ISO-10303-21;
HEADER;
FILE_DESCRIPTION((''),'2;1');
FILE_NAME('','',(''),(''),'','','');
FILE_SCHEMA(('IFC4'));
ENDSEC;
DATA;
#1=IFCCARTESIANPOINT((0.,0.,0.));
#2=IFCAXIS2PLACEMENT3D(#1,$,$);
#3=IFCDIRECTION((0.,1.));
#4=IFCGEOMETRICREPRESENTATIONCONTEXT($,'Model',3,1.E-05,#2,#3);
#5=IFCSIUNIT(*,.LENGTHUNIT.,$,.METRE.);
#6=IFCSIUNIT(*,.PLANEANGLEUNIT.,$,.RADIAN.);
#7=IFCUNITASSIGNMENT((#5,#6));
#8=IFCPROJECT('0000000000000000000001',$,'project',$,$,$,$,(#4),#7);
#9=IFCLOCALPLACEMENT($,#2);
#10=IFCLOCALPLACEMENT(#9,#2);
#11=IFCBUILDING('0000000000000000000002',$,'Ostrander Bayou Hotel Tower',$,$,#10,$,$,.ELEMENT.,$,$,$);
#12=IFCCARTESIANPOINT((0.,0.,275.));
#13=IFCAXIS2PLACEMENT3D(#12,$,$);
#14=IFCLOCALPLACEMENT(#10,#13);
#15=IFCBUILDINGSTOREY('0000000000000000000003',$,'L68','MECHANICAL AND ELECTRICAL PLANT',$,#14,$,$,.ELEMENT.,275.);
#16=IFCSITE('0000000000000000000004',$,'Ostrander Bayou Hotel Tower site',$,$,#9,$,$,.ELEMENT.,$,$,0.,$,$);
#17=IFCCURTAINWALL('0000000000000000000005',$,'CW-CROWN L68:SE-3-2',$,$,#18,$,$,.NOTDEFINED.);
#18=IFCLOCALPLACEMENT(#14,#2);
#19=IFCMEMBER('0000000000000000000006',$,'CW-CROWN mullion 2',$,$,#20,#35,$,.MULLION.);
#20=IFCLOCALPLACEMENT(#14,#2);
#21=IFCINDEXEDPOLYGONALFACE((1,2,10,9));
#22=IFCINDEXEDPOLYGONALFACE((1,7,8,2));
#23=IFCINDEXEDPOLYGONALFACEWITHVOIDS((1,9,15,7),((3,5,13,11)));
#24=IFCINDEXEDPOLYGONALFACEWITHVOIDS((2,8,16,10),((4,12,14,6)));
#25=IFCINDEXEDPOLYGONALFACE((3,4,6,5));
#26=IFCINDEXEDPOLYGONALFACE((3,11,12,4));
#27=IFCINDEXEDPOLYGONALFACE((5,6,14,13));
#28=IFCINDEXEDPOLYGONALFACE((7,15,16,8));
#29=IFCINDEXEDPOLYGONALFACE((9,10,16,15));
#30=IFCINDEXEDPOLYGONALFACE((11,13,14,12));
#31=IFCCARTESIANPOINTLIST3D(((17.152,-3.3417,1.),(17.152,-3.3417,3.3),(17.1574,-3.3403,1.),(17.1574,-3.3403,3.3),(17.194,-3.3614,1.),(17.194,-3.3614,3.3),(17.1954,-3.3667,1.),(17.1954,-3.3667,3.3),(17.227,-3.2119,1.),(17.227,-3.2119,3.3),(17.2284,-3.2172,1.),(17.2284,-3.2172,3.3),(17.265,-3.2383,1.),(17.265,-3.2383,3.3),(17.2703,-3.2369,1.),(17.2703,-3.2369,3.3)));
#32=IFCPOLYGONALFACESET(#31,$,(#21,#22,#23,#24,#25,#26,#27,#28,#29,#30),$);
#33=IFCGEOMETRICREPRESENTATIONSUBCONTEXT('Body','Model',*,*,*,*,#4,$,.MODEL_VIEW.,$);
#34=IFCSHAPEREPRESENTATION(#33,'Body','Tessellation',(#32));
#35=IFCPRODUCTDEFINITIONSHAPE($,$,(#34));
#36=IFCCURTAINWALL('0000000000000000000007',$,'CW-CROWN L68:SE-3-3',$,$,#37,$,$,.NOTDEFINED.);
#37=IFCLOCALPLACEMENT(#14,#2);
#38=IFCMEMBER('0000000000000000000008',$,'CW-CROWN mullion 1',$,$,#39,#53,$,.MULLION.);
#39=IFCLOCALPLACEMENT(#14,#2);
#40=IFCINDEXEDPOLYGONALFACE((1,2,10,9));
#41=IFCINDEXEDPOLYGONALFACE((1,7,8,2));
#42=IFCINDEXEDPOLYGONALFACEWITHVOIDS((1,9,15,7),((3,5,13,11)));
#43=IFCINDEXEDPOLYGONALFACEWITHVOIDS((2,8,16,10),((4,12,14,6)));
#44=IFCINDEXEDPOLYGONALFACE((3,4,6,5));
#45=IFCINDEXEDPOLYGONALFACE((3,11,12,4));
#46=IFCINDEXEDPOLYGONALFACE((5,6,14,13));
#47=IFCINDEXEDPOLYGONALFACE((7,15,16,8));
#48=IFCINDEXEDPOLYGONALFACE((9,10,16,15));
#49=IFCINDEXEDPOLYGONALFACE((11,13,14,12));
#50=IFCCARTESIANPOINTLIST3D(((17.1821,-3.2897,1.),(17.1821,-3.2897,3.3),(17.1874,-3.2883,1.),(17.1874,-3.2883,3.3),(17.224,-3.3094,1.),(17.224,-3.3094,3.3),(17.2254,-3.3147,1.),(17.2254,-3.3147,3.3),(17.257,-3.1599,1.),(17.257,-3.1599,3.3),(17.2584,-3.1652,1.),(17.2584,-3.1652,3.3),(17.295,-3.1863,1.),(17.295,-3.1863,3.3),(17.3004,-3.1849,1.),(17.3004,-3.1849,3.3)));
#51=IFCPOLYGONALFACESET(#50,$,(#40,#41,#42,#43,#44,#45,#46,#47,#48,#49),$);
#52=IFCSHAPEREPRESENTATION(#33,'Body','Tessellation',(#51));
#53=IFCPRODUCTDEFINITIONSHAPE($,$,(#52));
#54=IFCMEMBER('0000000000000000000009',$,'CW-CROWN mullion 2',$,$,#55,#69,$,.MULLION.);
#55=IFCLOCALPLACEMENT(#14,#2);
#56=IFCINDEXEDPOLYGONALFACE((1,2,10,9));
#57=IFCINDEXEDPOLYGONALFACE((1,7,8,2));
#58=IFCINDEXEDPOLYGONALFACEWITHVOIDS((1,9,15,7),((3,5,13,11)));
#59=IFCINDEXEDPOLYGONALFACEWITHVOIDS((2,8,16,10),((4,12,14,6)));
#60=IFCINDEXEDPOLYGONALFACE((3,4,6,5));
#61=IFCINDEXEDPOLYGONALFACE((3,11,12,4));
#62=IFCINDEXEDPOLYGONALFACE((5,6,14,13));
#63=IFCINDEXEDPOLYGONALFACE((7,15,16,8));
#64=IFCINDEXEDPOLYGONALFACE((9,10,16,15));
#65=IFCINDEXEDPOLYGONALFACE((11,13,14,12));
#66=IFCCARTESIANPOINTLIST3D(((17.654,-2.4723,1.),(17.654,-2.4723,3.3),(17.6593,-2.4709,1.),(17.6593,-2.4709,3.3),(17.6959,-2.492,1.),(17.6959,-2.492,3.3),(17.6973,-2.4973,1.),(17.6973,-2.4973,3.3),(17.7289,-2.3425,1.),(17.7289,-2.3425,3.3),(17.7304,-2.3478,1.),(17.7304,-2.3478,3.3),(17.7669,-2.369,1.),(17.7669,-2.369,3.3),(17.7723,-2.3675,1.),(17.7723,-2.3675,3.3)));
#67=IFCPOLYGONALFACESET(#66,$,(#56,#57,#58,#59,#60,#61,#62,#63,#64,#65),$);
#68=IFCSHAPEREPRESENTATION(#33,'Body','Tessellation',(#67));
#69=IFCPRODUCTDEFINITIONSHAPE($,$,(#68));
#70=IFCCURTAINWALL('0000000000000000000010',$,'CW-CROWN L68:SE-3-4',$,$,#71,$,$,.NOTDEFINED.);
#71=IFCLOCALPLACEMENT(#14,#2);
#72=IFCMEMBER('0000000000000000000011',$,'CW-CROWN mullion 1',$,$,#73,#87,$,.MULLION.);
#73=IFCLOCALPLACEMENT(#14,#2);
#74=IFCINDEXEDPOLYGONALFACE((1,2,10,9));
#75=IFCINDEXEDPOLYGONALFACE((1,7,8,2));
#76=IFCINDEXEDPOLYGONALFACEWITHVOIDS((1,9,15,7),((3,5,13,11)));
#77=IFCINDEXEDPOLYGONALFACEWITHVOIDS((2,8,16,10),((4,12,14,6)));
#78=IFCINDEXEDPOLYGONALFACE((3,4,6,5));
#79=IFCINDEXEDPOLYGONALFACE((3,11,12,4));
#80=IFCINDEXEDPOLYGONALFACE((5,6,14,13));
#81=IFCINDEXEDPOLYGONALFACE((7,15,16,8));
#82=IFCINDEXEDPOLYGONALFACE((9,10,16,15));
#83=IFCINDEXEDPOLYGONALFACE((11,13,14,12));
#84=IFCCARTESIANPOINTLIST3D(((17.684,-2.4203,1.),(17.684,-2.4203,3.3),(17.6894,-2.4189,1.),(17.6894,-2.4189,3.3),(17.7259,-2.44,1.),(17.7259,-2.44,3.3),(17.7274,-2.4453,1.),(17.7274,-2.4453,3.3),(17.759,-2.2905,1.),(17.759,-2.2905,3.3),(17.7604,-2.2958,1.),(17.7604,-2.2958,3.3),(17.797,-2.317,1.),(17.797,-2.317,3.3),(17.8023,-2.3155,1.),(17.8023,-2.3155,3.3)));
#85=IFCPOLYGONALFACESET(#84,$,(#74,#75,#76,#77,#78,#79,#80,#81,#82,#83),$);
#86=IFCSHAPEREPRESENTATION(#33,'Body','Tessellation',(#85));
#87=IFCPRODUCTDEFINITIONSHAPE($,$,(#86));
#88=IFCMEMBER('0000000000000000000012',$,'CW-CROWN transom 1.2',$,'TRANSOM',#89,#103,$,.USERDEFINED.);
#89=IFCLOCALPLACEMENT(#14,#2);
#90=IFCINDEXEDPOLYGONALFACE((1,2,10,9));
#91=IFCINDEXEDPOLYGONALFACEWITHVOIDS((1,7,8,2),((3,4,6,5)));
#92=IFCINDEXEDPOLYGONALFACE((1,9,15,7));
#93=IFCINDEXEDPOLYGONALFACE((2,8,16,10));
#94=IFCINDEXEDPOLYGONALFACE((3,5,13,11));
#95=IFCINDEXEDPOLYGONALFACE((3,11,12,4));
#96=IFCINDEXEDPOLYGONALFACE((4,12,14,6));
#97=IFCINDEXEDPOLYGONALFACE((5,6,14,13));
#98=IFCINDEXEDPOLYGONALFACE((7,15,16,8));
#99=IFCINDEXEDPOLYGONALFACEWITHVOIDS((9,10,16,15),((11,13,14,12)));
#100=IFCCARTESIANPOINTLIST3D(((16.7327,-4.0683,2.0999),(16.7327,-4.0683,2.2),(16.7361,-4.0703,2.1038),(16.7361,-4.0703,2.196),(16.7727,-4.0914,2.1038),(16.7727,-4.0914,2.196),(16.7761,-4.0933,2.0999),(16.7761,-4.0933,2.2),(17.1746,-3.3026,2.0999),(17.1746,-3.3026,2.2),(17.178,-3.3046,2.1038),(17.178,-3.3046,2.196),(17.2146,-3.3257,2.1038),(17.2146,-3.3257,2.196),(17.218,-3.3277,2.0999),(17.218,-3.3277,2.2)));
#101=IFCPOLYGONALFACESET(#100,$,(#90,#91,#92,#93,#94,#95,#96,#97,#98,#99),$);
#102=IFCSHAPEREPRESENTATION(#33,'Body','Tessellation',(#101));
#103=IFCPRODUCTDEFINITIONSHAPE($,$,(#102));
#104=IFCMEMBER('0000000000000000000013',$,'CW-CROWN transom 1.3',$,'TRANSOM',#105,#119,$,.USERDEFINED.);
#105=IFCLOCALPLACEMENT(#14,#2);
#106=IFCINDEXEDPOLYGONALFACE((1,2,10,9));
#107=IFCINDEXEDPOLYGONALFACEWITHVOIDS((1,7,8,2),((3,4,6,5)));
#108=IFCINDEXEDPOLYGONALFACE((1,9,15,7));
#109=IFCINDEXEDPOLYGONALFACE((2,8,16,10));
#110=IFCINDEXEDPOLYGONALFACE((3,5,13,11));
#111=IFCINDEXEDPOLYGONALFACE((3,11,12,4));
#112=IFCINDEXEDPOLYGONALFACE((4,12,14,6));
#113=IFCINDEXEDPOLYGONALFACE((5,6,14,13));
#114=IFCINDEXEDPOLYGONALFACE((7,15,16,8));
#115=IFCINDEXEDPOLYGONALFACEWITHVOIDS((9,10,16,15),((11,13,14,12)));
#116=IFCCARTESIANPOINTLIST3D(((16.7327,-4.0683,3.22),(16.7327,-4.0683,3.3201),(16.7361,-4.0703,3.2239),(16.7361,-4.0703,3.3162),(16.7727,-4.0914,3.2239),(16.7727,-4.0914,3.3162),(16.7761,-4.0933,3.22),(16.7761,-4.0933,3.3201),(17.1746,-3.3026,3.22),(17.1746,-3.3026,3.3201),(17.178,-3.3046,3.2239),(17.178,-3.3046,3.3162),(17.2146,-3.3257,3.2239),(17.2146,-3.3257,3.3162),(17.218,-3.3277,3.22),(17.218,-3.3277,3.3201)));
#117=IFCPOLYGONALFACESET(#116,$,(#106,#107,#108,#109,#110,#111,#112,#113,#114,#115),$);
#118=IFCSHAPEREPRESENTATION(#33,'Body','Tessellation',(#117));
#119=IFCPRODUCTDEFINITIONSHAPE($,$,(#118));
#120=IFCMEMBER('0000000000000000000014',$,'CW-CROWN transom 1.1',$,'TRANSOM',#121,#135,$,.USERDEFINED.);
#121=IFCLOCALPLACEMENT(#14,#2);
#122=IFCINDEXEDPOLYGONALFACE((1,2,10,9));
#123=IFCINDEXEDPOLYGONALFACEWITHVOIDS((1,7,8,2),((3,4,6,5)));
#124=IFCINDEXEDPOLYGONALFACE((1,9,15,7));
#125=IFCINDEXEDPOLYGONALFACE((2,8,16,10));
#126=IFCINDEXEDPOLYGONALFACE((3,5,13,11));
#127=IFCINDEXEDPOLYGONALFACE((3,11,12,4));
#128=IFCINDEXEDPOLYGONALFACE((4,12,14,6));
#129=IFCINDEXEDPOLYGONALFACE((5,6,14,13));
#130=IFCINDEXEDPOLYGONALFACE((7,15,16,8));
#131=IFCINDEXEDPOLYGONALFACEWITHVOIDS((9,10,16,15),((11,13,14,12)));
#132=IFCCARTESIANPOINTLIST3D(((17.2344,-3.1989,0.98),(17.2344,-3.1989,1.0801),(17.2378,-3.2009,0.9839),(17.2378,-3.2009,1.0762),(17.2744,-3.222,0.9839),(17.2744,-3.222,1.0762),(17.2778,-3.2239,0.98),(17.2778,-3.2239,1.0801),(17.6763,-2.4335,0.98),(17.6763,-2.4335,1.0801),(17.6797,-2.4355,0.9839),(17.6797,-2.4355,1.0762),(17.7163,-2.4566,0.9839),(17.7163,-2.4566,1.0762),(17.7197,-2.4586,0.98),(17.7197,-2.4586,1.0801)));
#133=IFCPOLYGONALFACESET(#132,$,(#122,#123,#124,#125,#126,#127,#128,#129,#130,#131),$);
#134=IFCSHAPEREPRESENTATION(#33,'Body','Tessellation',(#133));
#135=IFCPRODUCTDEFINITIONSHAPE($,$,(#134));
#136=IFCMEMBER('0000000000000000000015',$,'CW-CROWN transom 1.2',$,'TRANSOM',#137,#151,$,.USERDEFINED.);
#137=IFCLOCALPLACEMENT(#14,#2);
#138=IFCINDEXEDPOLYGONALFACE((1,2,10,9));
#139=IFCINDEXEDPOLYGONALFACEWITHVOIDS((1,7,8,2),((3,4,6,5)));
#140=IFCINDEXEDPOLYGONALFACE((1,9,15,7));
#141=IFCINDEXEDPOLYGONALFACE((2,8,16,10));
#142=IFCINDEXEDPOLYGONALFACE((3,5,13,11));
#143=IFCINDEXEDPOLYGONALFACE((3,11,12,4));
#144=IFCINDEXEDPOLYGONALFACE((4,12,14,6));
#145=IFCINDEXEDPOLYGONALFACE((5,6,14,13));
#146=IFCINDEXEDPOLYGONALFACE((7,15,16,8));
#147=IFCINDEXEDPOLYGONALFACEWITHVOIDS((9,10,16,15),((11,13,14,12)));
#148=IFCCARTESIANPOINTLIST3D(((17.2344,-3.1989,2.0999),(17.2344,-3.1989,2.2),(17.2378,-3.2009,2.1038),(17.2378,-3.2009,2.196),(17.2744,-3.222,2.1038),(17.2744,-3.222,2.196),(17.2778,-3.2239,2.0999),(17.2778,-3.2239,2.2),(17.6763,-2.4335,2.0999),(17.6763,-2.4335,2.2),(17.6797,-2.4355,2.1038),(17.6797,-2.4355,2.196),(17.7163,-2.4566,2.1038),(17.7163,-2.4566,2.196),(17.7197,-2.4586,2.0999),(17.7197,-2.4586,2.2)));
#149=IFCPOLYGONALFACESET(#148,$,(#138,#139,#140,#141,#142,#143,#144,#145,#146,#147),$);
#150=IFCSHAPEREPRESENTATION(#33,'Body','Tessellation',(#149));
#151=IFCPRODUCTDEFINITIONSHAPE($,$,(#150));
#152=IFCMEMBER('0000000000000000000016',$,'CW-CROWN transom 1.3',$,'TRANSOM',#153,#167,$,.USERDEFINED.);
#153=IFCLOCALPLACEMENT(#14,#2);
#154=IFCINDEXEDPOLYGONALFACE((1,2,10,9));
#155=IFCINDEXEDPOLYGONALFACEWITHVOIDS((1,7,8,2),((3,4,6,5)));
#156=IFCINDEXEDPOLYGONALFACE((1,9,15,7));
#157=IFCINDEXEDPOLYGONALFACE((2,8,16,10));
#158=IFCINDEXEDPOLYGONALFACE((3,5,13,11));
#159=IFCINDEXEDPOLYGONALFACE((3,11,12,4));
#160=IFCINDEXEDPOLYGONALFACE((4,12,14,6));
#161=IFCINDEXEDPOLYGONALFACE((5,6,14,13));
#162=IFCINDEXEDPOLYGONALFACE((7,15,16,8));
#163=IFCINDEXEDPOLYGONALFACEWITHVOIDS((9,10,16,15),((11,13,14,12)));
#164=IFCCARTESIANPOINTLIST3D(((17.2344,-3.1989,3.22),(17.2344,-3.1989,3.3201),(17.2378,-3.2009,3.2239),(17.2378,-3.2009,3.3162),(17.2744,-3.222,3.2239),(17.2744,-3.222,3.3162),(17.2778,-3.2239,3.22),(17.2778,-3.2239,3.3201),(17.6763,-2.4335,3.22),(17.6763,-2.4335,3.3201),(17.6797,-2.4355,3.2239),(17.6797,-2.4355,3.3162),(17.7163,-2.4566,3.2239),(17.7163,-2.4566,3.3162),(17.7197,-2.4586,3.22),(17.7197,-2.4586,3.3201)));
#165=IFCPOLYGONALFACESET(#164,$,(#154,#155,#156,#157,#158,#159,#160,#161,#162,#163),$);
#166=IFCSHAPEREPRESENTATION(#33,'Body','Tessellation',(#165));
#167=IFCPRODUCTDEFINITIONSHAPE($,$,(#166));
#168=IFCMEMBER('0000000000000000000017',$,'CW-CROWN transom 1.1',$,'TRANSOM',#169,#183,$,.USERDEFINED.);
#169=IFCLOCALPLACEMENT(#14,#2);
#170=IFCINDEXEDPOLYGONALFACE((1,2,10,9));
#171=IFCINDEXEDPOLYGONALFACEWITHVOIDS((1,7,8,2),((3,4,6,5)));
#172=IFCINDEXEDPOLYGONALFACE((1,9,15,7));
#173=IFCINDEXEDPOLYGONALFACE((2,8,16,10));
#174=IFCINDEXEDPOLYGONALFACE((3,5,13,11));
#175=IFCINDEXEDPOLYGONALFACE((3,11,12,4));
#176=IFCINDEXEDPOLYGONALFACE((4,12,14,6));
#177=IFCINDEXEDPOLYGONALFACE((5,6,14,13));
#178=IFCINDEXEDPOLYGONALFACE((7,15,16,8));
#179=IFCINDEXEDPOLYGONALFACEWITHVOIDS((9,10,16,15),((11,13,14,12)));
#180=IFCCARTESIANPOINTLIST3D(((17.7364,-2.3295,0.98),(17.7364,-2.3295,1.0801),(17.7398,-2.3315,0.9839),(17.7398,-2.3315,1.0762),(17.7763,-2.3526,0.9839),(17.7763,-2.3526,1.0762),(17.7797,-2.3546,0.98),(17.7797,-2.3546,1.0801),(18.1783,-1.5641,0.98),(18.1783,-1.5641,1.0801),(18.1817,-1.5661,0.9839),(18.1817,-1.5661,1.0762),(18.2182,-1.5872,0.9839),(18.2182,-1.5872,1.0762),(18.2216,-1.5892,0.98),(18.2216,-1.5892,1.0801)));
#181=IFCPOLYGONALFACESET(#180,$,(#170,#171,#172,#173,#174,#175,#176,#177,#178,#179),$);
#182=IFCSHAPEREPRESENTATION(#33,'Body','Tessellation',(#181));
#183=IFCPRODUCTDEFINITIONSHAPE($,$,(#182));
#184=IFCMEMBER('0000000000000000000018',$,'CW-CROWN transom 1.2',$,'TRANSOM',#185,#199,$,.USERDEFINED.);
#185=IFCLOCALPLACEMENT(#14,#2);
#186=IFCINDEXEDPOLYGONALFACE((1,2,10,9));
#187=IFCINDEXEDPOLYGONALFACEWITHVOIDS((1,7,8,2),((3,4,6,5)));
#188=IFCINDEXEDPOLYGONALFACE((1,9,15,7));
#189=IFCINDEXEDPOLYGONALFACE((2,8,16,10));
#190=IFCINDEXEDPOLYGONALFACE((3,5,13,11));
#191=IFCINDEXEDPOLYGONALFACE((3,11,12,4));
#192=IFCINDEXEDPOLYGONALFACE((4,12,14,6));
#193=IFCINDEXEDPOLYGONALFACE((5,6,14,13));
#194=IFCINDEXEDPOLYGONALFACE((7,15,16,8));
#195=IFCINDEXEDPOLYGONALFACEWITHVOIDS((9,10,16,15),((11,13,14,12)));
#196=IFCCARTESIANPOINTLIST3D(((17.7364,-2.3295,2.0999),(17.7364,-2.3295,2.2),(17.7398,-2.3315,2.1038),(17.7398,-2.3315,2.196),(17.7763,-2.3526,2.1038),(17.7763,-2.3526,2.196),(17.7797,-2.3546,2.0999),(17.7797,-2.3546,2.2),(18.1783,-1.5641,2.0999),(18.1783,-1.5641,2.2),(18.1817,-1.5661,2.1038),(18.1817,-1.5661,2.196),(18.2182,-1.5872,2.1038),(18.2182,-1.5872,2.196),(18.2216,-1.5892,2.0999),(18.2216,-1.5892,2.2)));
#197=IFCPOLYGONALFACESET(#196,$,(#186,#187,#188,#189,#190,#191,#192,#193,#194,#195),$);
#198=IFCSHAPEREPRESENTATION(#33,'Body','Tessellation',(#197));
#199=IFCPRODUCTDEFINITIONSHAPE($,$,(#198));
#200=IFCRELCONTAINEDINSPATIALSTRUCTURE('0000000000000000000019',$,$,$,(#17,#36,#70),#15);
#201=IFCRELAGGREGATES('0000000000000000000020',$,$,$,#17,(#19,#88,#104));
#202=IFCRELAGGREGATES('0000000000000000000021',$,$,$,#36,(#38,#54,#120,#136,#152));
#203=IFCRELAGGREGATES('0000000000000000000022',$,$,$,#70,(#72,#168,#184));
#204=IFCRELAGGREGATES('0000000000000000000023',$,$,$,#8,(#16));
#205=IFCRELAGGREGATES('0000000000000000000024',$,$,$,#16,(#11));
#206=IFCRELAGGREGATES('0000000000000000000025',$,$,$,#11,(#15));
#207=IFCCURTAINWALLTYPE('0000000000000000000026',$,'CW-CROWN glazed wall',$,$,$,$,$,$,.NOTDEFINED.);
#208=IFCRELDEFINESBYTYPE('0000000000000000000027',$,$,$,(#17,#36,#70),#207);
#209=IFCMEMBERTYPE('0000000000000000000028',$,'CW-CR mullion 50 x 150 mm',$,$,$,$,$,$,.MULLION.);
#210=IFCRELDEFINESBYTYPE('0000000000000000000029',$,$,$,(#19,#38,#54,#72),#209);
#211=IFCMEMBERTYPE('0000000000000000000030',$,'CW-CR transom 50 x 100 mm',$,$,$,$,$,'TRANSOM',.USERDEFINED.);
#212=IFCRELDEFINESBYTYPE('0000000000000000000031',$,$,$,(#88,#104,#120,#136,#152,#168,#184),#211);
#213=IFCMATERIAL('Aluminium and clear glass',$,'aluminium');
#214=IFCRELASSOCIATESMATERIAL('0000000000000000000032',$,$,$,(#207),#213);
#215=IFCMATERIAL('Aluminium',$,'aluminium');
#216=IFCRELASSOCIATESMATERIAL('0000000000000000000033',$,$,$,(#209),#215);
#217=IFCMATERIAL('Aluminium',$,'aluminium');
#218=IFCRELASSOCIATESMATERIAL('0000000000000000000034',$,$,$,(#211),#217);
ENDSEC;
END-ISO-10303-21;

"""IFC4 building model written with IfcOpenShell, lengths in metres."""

from ifc_helpers import new_model, si_unit, direction, frame, origin, origin_2d, place, context, subcontext, project, spatial, hollow_rectangle, extrude, material, material_profile, profile_set, type_object, element, aggregate, save


model = new_model("IFC4")

# Units and contexts
model_context = context("Model", 3, precision=1e-05, world=origin(), true_north=direction((0.0, 1.0)))
body_context = subcontext(model_context, "Body", "Model", "MODEL_VIEW")
ifc_project = project(units=[si_unit("LENGTHUNIT", "METRE"), si_unit("PLANEANGLEUNIT", "RADIAN")], contexts=[model_context])

# Site, building, storey
site_placement = place(None, origin())
site = spatial("IfcSite", under=ifc_project, at=site_placement, Name="Ostrander Bayou Hotel Tower site", CompositionType="ELEMENT", RefElevation=0.0)
building_placement = place(site_placement, origin())
building = spatial("IfcBuilding", under=site, at=building_placement, Name="Ostrander Bayou Hotel Tower", CompositionType="ELEMENT")
storey_placement = place(building_placement, frame((0.0, 0.0, 275.0)))
storey = spatial("IfcBuildingStorey", under=building, at=storey_placement, Name="L68", Description="MECHANICAL AND ELECTRICAL PLANT", CompositionType="ELEMENT", Elevation=275.0)

# Curtain wall, member
ifc_material_1 = material(Name="Aluminium and clear glass", Category="aluminium")
curtain_wall_type = type_object("IfcCurtainWallType", Name="CW-CROWN glazed wall", PredefinedType="NOTDEFINED", material=ifc_material_1)
curtain_wall_1_placement = place(storey_placement, origin())
curtain_wall_1 = element("IfcCurtainWall", 1, at=curtain_wall_1_placement, inside=storey, type_object=curtain_wall_type, Name="CW-CROWN L68:SE-3-2", PredefinedType="NOTDEFINED")
ifc_material_2 = material(Name="Aluminium", Category="aluminium")
ifc_material_profile_1 = material_profile(ifc_material_2, hollow_rectangle(XDim=0.05, YDim=0.1499, WallThickness=0.0039, at=origin_2d()))
ifc_profile_set_1 = profile_set([ifc_material_profile_1], Name="Aluminium")
member_type_1 = type_object("IfcMemberType", Name="CW-CR mullion 50 x 150 mm", PredefinedType="MULLION", material=ifc_profile_set_1)
member_1_placement = place(storey_placement, frame((17.2112, -3.2893, 1.0), z_axis=(0.0, 0.0, 1.0), x_axis=(-0.866046, 0.499964, 0.0)))
member_1 = element("IfcMember", 2, at=member_1_placement, type_object=member_type_1, Name="CW-CROWN mullion 2", PredefinedType="MULLION", context=body_context, shape_type="SweptSolid", body=[
    extrude(hollow_rectangle(XDim=0.05, YDim=0.1499, WallThickness=0.0039, at=origin_2d()), origin(), (0.0, 0.0, 1.0), 2.3),
])

# Curtain wall, members
curtain_wall_2_placement = place(storey_placement, origin())
curtain_wall_2 = element("IfcCurtainWall", 3, at=curtain_wall_2_placement, inside=storey, type_object=curtain_wall_type, Name="CW-CROWN L68:SE-3-3", PredefinedType="NOTDEFINED")
member_2_placement = place(storey_placement, frame((17.2412, -3.2373, 1.0), z_axis=(0.0, 0.0, 1.0), x_axis=(-0.866021, 0.500007, 0.0)))
member_2 = element("IfcMember", 4, at=member_2_placement, type_object=member_type_1, Name="CW-CROWN mullion 1", PredefinedType="MULLION", context=body_context, shape_type="SweptSolid", body=[
    extrude(hollow_rectangle(XDim=0.05, YDim=0.1499, WallThickness=0.0039, at=origin_2d()), origin(), (0.0, 0.0, 1.0), 2.3),
])
member_3_placement = place(storey_placement, frame((17.7131, -2.4199, 1.0), z_axis=(0.0, 0.0, 1.0), x_axis=(-0.866021, 0.500007, 0.0)))
member_3 = element("IfcMember", 5, at=member_3_placement, type_object=member_type_1, Name="CW-CROWN mullion 2", PredefinedType="MULLION", context=body_context, shape_type="SweptSolid", body=[
    extrude(hollow_rectangle(XDim=0.05, YDim=0.1499, WallThickness=0.0039, at=origin_2d()), origin(), (0.0, 0.0, 1.0), 2.3),
])

# Curtain wall, member
curtain_wall_3_placement = place(storey_placement, origin())
curtain_wall_3 = element("IfcCurtainWall", 6, at=curtain_wall_3_placement, inside=storey, type_object=curtain_wall_type, Name="CW-CROWN L68:SE-3-4", PredefinedType="NOTDEFINED")
member_4_placement = place(storey_placement, frame((17.7432, -2.3679, 1.0), z_axis=(0.0, 0.0, 1.0), x_axis=(-0.866046, 0.499964, 0.0)))
member_4 = element("IfcMember", 7, at=member_4_placement, type_object=member_type_1, Name="CW-CROWN mullion 1", PredefinedType="MULLION", context=body_context, shape_type="SweptSolid", body=[
    extrude(hollow_rectangle(XDim=0.05, YDim=0.1499, WallThickness=0.0039, at=origin_2d()), origin(), (0.0, 0.0, 1.0), 2.3),
])

# Members
ifc_material_3 = material(Name="Aluminium", Category="aluminium")
ifc_material_profile_2 = material_profile(ifc_material_3, hollow_rectangle(XDim=0.05, YDim=0.1001, WallThickness=0.0039, at=origin_2d()))
ifc_profile_set_2 = profile_set([ifc_material_profile_2], Name="Aluminium")
member_type_2 = type_object("IfcMemberType", Name="CW-CR transom 50 x 100 mm", ElementType="TRANSOM", PredefinedType="USERDEFINED", material=ifc_profile_set_2)
member_5_placement = place(storey_placement, frame((16.7544, -4.0808, 2.1499), z_axis=(0.499882, 0.866094, 0.0), x_axis=(-0.866094, 0.499882, 0.0)))
member_5 = element("IfcMember", 8, at=member_5_placement, type_object=member_type_2, Name="CW-CROWN transom 1.2", ObjectType="TRANSOM", PredefinedType="USERDEFINED", context=body_context, shape_type="SweptSolid", body=[
    extrude(hollow_rectangle(XDim=0.05, YDim=0.1001, WallThickness=0.0039, at=origin_2d()), origin(), (0.0, 0.0, 1.0), 0.884),
])
member_6_placement = place(storey_placement, frame((16.7544, -4.0808, 3.27), z_axis=(0.499882, 0.866094, 0.0), x_axis=(-0.866094, 0.499882, 0.0)))
member_6 = element("IfcMember", 9, at=member_6_placement, type_object=member_type_2, Name="CW-CROWN transom 1.3", ObjectType="TRANSOM", PredefinedType="USERDEFINED", context=body_context, shape_type="SweptSolid", body=[
    extrude(hollow_rectangle(XDim=0.05, YDim=0.1001, WallThickness=0.0039, at=origin_2d()), origin(), (0.0, 0.0, 1.0), 0.884),
])
member_7_placement = place(storey_placement, frame((17.2561, -3.2114, 1.03), z_axis=(0.500001, 0.866025, 0.0), x_axis=(-0.866025, 0.500001, 0.0)))
member_7 = element("IfcMember", 10, at=member_7_placement, type_object=member_type_2, Name="CW-CROWN transom 1.1", ObjectType="TRANSOM", PredefinedType="USERDEFINED", context=body_context, shape_type="SweptSolid", body=[
    extrude(hollow_rectangle(XDim=0.05, YDim=0.1001, WallThickness=0.0039, at=origin_2d()), origin(), (0.0, 0.0, 1.0), 0.8838),
])
member_8_placement = place(storey_placement, frame((17.2561, -3.2114, 2.1499), z_axis=(0.500001, 0.866025, 0.0), x_axis=(-0.866025, 0.500001, 0.0)))
member_8 = element("IfcMember", 11, at=member_8_placement, type_object=member_type_2, Name="CW-CROWN transom 1.2", ObjectType="TRANSOM", PredefinedType="USERDEFINED", context=body_context, shape_type="SweptSolid", body=[
    extrude(hollow_rectangle(XDim=0.05, YDim=0.1001, WallThickness=0.0039, at=origin_2d()), origin(), (0.0, 0.0, 1.0), 0.8838),
])
member_9_placement = place(storey_placement, frame((17.2561, -3.2114, 3.27), z_axis=(0.500001, 0.866025, 0.0), x_axis=(-0.866025, 0.500001, 0.0)))
member_9 = element("IfcMember", 12, at=member_9_placement, type_object=member_type_2, Name="CW-CROWN transom 1.3", ObjectType="TRANSOM", PredefinedType="USERDEFINED", context=body_context, shape_type="SweptSolid", body=[
    extrude(hollow_rectangle(XDim=0.05, YDim=0.1001, WallThickness=0.0039, at=origin_2d()), origin(), (0.0, 0.0, 1.0), 0.8838),
])
member_10_placement = place(storey_placement, frame((17.7581, -2.342, 1.03), z_axis=(0.500001, 0.866025, 0.0), x_axis=(-0.866025, 0.500001, 0.0)))
member_10 = element("IfcMember", 13, at=member_10_placement, type_object=member_type_2, Name="CW-CROWN transom 1.1", ObjectType="TRANSOM", PredefinedType="USERDEFINED", context=body_context, shape_type="SweptSolid", body=[
    extrude(hollow_rectangle(XDim=0.05, YDim=0.1001, WallThickness=0.0039, at=origin_2d()), origin(), (0.0, 0.0, 1.0), 0.8838),
])
member_11_placement = place(storey_placement, frame((17.7581, -2.342, 2.1499), z_axis=(0.500001, 0.866025, 0.0), x_axis=(-0.866025, 0.500001, 0.0)))
member_11 = element("IfcMember", 14, at=member_11_placement, type_object=member_type_2, Name="CW-CROWN transom 1.2", ObjectType="TRANSOM", PredefinedType="USERDEFINED", context=body_context, shape_type="SweptSolid", body=[
    extrude(hollow_rectangle(XDim=0.05, YDim=0.1001, WallThickness=0.0039, at=origin_2d()), origin(), (0.0, 0.0, 1.0), 0.8838),
])

aggregate(curtain_wall_1, [member_1, member_5, member_6])
aggregate(curtain_wall_2, [member_2, member_3, member_7, member_8, member_9])
aggregate(curtain_wall_3, [member_4, member_10, member_11])

save(model, "model.ifc")
